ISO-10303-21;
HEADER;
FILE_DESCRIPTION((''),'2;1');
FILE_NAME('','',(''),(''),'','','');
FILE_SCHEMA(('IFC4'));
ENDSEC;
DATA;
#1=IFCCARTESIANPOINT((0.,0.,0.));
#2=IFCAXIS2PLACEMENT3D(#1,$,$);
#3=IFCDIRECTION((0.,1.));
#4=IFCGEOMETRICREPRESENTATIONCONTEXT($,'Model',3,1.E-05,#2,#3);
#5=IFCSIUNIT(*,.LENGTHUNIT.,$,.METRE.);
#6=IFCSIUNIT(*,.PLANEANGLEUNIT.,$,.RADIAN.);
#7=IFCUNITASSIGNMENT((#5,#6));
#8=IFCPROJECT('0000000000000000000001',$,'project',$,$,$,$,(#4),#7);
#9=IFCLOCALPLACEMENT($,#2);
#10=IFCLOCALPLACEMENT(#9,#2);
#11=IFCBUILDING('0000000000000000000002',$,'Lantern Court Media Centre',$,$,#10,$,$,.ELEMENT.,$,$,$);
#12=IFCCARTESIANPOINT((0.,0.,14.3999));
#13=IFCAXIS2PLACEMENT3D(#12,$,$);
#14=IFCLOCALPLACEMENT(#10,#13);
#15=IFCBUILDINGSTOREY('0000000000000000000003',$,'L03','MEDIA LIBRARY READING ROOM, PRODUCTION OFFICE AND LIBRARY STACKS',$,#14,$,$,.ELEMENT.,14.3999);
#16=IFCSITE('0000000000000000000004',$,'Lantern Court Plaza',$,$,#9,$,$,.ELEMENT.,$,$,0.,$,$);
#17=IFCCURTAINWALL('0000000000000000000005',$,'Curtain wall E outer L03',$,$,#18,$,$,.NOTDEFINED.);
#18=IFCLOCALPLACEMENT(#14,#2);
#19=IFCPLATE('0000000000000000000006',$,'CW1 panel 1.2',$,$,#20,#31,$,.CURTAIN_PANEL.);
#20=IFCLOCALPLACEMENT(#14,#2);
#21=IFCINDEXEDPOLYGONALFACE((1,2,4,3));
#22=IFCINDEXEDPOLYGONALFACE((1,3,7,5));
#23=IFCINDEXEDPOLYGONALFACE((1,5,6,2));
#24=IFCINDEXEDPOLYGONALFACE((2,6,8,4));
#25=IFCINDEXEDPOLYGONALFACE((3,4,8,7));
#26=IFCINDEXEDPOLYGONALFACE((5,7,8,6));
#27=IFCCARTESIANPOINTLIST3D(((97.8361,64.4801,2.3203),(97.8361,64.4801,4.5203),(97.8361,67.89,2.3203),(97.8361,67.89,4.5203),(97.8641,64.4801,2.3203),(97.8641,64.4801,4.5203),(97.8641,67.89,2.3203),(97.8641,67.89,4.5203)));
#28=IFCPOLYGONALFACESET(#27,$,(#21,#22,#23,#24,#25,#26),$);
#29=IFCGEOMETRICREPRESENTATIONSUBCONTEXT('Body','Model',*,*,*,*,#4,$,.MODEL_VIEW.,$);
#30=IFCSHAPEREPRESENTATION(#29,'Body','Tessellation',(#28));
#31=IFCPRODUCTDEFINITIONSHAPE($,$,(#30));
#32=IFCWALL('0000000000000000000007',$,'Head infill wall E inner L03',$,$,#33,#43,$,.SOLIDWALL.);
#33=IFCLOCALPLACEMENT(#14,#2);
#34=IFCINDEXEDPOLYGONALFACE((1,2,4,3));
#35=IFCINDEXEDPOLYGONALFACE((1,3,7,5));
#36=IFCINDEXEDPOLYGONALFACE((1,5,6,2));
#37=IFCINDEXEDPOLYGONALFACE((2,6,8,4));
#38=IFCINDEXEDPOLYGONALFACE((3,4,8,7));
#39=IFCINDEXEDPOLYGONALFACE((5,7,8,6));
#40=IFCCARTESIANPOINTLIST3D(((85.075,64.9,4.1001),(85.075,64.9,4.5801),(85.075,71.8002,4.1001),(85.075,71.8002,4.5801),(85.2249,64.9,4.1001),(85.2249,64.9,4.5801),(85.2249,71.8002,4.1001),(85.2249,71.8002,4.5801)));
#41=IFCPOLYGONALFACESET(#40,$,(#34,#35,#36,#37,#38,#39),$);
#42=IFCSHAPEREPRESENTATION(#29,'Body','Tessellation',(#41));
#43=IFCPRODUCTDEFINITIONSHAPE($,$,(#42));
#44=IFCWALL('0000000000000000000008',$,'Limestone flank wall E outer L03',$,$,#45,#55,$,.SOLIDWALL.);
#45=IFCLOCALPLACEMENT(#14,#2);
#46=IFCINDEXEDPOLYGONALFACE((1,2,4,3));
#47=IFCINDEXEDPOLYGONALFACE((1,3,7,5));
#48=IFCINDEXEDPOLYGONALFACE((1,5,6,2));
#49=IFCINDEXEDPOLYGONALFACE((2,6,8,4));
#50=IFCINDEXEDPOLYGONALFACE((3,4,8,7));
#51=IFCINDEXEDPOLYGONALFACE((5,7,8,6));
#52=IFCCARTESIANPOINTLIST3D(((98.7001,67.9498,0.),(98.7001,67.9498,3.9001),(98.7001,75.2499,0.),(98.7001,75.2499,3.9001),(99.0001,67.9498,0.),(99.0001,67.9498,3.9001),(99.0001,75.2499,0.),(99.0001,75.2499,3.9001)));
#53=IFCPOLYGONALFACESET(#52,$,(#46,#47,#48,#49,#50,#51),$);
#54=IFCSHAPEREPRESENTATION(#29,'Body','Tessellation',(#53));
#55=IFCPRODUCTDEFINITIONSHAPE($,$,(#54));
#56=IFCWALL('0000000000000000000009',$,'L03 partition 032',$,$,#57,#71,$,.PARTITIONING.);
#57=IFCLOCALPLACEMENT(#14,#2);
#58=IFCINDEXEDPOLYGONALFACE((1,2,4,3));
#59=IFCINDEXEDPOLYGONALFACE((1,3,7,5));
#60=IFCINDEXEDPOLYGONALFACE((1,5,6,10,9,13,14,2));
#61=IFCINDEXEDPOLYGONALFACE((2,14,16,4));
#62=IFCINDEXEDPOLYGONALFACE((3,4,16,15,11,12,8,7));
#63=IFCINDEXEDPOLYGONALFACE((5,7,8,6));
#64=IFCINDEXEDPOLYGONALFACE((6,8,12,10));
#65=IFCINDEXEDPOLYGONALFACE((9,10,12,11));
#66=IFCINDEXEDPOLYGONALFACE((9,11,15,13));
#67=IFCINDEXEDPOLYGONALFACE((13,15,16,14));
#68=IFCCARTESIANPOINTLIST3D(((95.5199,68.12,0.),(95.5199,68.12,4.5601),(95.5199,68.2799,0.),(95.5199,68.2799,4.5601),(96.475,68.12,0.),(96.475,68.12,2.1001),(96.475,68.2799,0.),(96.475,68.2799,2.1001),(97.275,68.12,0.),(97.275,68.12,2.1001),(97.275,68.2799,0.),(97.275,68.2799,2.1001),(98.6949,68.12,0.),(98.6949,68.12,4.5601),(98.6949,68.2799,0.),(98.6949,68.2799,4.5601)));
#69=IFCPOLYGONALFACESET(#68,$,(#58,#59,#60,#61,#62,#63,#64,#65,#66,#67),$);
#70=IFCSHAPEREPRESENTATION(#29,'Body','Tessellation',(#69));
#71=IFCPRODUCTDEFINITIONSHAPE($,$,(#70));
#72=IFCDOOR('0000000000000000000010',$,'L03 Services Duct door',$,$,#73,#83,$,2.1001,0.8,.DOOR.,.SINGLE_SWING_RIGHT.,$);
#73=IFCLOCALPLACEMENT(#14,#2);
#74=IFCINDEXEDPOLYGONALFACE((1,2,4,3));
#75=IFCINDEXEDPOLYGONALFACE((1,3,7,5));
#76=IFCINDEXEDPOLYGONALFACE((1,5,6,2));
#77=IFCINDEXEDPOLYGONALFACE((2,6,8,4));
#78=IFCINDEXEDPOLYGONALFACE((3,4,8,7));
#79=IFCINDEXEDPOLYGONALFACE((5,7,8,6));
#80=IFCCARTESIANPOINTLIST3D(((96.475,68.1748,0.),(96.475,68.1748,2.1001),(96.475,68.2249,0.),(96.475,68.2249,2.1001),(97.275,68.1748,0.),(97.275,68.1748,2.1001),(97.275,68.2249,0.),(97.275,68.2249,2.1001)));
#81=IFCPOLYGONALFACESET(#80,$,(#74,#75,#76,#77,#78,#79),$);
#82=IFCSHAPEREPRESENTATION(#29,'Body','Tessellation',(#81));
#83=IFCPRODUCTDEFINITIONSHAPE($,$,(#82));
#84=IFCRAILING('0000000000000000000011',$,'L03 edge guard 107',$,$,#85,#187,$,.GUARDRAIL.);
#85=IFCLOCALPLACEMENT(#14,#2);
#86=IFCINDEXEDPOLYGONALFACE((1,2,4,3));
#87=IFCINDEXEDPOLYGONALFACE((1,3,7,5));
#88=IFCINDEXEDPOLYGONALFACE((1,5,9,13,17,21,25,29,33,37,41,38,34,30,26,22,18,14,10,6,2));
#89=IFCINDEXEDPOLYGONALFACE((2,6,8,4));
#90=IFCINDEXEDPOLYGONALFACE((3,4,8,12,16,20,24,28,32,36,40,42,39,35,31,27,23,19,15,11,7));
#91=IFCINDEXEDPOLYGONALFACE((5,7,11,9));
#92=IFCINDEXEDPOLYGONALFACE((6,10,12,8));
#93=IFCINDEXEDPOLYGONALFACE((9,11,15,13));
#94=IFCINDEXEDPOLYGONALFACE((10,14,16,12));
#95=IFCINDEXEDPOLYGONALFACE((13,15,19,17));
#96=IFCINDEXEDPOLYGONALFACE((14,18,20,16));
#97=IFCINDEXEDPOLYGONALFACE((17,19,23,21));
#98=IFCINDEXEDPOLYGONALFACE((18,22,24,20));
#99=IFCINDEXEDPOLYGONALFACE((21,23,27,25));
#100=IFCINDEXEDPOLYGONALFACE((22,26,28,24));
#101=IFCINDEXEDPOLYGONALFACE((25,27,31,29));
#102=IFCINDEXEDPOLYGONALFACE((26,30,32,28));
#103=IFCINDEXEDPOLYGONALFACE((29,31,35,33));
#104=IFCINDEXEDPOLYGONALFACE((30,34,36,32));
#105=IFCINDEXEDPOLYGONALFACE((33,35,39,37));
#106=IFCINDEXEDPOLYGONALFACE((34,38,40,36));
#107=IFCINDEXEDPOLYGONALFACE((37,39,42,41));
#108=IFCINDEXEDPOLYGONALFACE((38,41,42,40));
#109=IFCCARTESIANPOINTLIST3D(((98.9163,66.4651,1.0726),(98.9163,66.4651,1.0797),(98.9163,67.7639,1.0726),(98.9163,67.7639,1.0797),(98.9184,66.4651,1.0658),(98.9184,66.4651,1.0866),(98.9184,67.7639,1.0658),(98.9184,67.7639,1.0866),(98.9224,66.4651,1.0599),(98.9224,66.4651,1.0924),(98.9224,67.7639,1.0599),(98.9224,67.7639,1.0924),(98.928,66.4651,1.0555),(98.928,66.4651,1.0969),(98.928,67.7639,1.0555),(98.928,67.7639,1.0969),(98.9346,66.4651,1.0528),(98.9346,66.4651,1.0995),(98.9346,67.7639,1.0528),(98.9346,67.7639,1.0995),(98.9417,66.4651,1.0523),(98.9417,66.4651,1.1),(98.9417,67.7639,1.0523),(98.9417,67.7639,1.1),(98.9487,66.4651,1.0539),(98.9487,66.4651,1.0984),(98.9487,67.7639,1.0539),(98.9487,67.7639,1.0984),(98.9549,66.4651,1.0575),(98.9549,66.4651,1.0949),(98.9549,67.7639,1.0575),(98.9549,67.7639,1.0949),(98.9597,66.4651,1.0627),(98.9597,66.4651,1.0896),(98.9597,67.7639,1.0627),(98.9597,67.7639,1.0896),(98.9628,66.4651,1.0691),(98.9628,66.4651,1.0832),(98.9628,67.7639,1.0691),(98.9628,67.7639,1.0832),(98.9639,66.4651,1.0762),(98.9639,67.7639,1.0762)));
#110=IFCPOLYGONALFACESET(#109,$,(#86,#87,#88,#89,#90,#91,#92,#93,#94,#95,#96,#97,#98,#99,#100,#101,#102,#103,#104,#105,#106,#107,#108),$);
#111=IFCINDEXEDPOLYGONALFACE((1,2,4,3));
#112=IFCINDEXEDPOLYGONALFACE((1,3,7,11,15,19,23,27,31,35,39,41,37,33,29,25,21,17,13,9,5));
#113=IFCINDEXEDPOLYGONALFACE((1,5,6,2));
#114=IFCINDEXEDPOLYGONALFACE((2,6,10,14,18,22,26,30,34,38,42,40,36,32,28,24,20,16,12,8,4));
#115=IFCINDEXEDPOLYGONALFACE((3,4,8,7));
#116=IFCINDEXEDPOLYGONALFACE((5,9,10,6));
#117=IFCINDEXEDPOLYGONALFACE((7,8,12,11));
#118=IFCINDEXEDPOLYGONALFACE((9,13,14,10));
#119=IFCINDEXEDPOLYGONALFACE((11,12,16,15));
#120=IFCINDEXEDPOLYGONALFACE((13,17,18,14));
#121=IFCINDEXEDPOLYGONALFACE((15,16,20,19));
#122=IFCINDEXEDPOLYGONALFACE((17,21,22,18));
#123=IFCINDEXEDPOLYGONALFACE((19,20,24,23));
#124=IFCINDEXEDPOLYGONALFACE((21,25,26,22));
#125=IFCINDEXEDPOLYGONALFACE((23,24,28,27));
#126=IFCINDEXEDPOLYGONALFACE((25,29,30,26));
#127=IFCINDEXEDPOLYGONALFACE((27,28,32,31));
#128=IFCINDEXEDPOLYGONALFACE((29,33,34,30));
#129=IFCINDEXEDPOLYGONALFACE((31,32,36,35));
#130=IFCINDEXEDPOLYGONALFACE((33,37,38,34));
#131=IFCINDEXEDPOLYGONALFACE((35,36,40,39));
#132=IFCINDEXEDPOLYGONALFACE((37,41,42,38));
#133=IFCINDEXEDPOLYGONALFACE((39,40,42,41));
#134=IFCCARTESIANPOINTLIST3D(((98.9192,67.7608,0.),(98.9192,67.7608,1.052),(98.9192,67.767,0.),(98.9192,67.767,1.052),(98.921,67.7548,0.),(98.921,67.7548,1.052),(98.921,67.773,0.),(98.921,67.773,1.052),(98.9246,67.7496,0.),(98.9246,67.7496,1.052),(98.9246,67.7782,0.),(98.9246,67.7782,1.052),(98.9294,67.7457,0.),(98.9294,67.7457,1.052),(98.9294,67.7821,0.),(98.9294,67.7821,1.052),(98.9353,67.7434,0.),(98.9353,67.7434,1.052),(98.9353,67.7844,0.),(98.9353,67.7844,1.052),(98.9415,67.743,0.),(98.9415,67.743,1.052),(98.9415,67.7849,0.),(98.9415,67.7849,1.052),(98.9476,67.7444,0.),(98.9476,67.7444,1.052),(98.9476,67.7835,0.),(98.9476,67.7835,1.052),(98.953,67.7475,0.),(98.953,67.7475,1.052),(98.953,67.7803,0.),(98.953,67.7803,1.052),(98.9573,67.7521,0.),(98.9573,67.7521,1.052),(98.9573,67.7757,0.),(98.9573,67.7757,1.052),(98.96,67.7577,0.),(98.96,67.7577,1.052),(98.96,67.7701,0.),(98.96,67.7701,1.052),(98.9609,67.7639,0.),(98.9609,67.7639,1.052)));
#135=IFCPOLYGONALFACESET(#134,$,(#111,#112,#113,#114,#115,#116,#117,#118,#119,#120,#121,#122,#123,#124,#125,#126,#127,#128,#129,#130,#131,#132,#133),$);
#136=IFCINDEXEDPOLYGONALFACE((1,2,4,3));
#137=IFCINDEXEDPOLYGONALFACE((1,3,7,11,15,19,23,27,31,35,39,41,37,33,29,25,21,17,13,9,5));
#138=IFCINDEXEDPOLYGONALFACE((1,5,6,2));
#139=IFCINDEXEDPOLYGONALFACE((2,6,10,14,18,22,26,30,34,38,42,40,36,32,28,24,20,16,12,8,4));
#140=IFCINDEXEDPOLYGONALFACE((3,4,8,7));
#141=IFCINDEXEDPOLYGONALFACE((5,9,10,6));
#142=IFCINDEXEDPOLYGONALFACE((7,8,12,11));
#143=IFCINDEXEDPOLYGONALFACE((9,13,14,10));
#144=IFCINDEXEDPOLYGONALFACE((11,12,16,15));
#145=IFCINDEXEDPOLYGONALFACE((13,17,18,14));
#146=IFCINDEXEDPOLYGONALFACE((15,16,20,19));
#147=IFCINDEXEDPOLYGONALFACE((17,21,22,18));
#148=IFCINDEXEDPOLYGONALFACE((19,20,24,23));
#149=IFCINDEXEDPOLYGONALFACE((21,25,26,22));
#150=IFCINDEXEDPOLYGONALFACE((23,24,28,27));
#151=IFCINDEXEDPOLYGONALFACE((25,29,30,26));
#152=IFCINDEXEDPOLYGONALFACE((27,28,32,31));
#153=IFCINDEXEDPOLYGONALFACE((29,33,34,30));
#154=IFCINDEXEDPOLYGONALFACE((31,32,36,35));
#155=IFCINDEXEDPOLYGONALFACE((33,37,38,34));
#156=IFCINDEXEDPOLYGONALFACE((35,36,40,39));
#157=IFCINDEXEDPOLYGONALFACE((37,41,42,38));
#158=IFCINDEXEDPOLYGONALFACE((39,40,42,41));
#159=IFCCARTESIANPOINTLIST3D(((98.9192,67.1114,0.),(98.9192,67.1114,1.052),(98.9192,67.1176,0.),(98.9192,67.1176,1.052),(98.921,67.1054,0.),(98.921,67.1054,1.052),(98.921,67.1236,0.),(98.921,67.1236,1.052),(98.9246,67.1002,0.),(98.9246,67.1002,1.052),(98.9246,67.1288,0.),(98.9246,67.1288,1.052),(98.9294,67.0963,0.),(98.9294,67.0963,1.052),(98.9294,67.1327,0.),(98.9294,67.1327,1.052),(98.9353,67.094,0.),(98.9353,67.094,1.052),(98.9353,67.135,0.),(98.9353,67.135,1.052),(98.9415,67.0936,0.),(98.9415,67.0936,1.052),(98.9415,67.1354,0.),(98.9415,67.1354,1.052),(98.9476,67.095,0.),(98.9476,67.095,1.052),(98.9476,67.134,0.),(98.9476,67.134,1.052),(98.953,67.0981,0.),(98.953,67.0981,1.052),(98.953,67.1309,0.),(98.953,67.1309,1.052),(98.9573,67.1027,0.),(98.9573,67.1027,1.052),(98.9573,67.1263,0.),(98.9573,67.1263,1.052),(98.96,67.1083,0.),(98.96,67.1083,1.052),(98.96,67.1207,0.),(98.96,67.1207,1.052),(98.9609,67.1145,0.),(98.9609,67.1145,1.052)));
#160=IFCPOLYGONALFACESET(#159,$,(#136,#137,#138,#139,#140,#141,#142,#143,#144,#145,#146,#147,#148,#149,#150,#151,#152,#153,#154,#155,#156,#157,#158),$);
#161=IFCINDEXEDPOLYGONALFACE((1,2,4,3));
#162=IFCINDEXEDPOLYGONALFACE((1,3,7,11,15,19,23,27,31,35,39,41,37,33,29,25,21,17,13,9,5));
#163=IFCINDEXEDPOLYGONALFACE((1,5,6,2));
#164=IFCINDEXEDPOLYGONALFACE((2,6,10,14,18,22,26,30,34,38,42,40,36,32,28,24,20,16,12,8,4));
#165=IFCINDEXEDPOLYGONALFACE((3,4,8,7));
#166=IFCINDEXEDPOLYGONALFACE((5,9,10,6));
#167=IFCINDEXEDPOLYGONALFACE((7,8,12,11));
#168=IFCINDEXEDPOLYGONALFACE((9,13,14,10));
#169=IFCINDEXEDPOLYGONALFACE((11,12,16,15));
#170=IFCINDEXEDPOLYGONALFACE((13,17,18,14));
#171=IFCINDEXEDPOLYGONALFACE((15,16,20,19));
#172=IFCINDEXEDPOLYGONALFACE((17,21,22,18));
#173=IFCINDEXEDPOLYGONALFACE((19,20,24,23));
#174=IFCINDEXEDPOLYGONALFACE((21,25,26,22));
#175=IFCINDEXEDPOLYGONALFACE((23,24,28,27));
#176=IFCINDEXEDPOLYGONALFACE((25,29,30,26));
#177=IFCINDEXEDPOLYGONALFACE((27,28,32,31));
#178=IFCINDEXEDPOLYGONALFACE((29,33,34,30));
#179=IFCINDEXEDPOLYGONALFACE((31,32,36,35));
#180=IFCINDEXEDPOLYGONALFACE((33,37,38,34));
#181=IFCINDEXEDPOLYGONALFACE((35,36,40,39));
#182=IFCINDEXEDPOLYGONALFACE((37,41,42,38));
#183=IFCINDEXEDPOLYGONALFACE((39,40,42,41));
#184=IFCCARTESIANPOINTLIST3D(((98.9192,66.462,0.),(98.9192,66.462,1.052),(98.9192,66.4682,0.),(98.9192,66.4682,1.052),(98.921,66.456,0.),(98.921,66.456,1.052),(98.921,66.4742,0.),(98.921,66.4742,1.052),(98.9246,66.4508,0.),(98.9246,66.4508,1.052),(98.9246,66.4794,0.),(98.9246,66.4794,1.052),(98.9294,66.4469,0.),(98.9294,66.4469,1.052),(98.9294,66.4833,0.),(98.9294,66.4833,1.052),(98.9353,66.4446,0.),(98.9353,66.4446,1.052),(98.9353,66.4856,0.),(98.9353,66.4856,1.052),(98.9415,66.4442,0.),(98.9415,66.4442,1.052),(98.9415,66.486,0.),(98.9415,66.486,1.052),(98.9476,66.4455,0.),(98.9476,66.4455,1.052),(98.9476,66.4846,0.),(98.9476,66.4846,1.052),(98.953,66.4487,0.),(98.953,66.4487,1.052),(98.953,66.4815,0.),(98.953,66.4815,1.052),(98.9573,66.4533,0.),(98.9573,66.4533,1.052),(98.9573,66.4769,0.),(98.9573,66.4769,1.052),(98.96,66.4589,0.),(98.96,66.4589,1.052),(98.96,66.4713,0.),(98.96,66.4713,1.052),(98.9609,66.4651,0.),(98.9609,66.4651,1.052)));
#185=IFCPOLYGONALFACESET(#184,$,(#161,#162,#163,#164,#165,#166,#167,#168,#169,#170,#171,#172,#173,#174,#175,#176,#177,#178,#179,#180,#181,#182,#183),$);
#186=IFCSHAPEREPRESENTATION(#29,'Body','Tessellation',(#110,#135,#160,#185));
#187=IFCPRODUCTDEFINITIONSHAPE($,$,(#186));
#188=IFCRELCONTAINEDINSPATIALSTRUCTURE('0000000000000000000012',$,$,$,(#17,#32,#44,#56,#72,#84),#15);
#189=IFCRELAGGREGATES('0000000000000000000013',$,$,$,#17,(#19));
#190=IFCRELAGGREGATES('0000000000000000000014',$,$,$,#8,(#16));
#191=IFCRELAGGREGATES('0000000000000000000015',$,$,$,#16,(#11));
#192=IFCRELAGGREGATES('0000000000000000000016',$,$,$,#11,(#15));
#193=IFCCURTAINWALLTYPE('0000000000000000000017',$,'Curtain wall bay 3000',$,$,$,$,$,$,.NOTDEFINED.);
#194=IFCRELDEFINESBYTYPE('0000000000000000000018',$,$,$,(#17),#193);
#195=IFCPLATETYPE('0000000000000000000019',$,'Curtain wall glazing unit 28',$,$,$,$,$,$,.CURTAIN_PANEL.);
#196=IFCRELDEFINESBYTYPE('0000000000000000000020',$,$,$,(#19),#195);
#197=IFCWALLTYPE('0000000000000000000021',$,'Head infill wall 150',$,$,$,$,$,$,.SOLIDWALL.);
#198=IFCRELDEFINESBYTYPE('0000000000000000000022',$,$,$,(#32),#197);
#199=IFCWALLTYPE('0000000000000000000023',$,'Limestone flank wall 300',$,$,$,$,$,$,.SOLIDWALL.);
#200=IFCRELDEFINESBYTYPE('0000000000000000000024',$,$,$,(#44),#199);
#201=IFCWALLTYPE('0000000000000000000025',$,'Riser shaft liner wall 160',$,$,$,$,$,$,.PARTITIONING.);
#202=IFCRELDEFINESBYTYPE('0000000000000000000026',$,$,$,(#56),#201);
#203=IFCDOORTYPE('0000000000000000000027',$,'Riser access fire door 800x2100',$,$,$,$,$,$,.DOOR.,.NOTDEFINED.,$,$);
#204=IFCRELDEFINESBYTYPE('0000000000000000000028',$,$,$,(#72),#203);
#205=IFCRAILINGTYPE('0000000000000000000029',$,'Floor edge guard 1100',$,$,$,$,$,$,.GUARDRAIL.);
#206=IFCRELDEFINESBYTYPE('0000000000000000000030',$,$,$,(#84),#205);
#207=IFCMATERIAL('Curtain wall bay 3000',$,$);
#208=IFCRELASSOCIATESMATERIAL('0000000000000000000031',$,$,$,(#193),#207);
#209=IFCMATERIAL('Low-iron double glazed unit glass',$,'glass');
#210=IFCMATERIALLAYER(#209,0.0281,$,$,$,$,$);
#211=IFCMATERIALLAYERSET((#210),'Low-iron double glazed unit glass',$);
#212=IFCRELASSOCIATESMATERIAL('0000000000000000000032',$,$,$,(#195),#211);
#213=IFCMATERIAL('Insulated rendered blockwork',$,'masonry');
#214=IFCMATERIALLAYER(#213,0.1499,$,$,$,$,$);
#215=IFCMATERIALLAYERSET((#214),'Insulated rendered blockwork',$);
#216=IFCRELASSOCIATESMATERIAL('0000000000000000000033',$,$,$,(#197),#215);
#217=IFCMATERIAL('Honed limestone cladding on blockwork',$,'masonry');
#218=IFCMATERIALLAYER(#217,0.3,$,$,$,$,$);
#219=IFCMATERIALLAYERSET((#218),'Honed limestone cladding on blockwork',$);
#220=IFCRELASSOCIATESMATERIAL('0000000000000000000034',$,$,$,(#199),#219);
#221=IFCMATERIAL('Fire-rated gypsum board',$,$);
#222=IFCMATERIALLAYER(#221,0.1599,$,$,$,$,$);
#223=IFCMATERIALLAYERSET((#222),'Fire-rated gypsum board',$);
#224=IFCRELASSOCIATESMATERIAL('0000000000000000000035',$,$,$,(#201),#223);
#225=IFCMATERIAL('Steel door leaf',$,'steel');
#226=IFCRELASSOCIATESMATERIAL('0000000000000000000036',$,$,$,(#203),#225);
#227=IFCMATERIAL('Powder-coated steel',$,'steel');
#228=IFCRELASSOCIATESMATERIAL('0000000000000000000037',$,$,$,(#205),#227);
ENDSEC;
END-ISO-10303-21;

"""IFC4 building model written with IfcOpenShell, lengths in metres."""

from ifc_helpers import new_model, si_unit, direction, frame, frame_2d, origin, origin_2d, place, context, subcontext, project, spatial, rectangle, circle, extrude, material, layer, layer_set, type_object, element, fill, aggregate, save


model = new_model("IFC4")

# Units and contexts
model_context = context("Model", 3, precision=1e-05, world=origin(), true_north=direction((0.0, 1.0)))
body_context = subcontext(model_context, "Body", "Model", "MODEL_VIEW")
ifc_project = project(units=[si_unit("LENGTHUNIT", "METRE"), si_unit("PLANEANGLEUNIT", "RADIAN")], contexts=[model_context])

# Site, building, storey
site_placement = place(None, origin())
site = spatial("IfcSite", under=ifc_project, at=site_placement, Name="Lantern Court Plaza", CompositionType="ELEMENT", RefElevation=0.0)
building_placement = place(site_placement, origin())
building = spatial("IfcBuilding", under=site, at=building_placement, Name="Lantern Court Media Centre", CompositionType="ELEMENT")
storey_placement = place(building_placement, frame((0.0, 0.0, 14.3999)))
storey = spatial("IfcBuildingStorey", under=building, at=storey_placement, Name="L03", Description="MEDIA LIBRARY READING ROOM, PRODUCTION OFFICE AND LIBRARY STACKS", CompositionType="ELEMENT", Elevation=14.3999)

# Curtain wall
ifc_material_1 = material(Name="Curtain wall bay 3000")
curtain_wall_type_1 = type_object("IfcCurtainWallType", Name="Curtain wall bay 3000", PredefinedType="NOTDEFINED", material=ifc_material_1)
curtain_wall_1_placement = place(storey_placement, origin())
curtain_wall_1 = element("IfcCurtainWall", 1, at=curtain_wall_1_placement, inside=storey, type_object=curtain_wall_type_1, Name="Curtain wall E outer L03", PredefinedType="NOTDEFINED")

# Plate
ifc_material_2 = material(Name="Low-iron double glazed unit glass", Category="glass")
ifc_layer_1 = layer(ifc_material_2, 0.0281)
ifc_layer_set_1 = layer_set([ifc_layer_1], Name="Low-iron double glazed unit glass")
plate_type_1 = type_object("IfcPlateType", Name="Curtain wall glazing unit 28", PredefinedType="CURTAIN_PANEL", material=ifc_layer_set_1)
plate_1_placement = place(storey_placement, frame((97.8501, 66.1851, 2.3203), z_axis=(0.0, 0.0, 1.0), x_axis=(0.0, 1.0, 0.0)))
plate_1 = element("IfcPlate", 2, at=plate_1_placement, type_object=plate_type_1, Name="CW1 panel 1.2", PredefinedType="CURTAIN_PANEL", context=body_context, shape_type="SweptSolid", body=[
    extrude(rectangle(XDim=3.4099, YDim=0.0281, at=origin_2d()), origin(), (0.0, 0.0, 1.0), 2.2),
])
aggregate(curtain_wall_1, [plate_1])

# Walls
ifc_material_3 = material(Name="Insulated rendered blockwork", Category="masonry")
ifc_layer_2 = layer(ifc_material_3, 0.1499)
ifc_layer_set_2 = layer_set([ifc_layer_2], Name="Insulated rendered blockwork")
wall_type_1 = type_object("IfcWallType", Name="Head infill wall 150", PredefinedType="SOLIDWALL", material=ifc_layer_set_2)
wall_1_placement = place(storey_placement, frame((85.1499, 64.8999, 4.1001), z_axis=(0.0, 0.0, 1.0), x_axis=(0.0, 1.0, 0.0)))
element("IfcWall", 3, at=wall_1_placement, inside=storey, type_object=wall_type_1, Name="Head infill wall E inner L03", PredefinedType="SOLIDWALL", context=body_context, shape_type="SweptSolid", body=[
    extrude(rectangle(XDim=6.9001, YDim=0.1499, at=frame_2d((3.4502, 0.0))), origin(), (0.0, 0.0, 1.0), 0.48),
])
ifc_material_4 = material(Name="Honed limestone cladding on blockwork", Category="masonry")
ifc_layer_3 = layer(ifc_material_4, 0.3)
ifc_layer_set_3 = layer_set([ifc_layer_3], Name="Honed limestone cladding on blockwork")
wall_type_2 = type_object("IfcWallType", Name="Limestone flank wall 300", PredefinedType="SOLIDWALL", material=ifc_layer_set_3)
wall_2_placement = place(storey_placement, frame((98.8501, 67.95, 0.0), z_axis=(0.0, 0.0, 1.0), x_axis=(0.0, 1.0, 0.0)))
element("IfcWall", 4, at=wall_2_placement, inside=storey, type_object=wall_type_2, Name="Limestone flank wall E outer L03", PredefinedType="SOLIDWALL", context=body_context, shape_type="SweptSolid", body=[
    extrude(rectangle(XDim=7.3, YDim=0.3, at=frame_2d((3.6499, 0.0))), origin(), (0.0, 0.0, 1.0), 3.9001),
])

# Wall, opening, door
ifc_material_5 = material(Name="Fire-rated gypsum board")
ifc_layer_4 = layer(ifc_material_5, 0.1599)
ifc_layer_set_4 = layer_set([ifc_layer_4], Name="Fire-rated gypsum board")
wall_type_3 = type_object("IfcWallType", Name="Riser shaft liner wall 160", PredefinedType="PARTITIONING", material=ifc_layer_set_4)
wall_3_placement = place(storey_placement, frame((95.52, 68.2, 0.0), z_axis=(0.0, 0.0, 1.0), x_axis=(1.0, 0.0, 0.0)))
wall_3 = element("IfcWall", 5, at=wall_3_placement, inside=storey, type_object=wall_type_3, Name="L03 partition 032", PredefinedType="PARTITIONING", context=body_context, shape_type="SweptSolid", body=[
    extrude(rectangle(XDim=3.175, YDim=0.1599, at=frame_2d((1.5874, 0.0))), origin(), (0.0, 0.0, 1.0), 4.5601),
])
opening_placement = place(wall_3_placement, frame((0.9551, 0.0, 0.0)))
opening = element("IfcOpeningElement", 6, at=opening_placement, cuts=wall_3, PredefinedType="OPENING", context=body_context, shape_type="SweptSolid", body=[
    extrude(rectangle(XDim=0.8, YDim=2.1001, at=frame_2d((0.3999, 1.05))), frame((0.0, 0.0898, 0.0), z_axis=(0.0, -1.0, 0.0), x_axis=(1.0, 0.0, 0.0)), (0.0, 0.0, 1.0), 0.1799),
])
ifc_material_6 = material(Name="Steel door leaf", Category="steel")
door_type = type_object("IfcDoorType", Name="Riser access fire door 800x2100", OperationType="NOTDEFINED", PredefinedType="DOOR", material=ifc_material_6)
door_placement = place(opening_placement, origin())
door = element("IfcDoor", 7, at=door_placement, inside=storey, type_object=door_type, Name="L03 Services Duct door", OperationType="SINGLE_SWING_RIGHT", OverallHeight=2.1001, OverallWidth=0.8, PredefinedType="DOOR", context=body_context, shape_type="SweptSolid", body=[
    extrude(rectangle(XDim=0.8, YDim=2.1001, at=frame_2d((0.3999, 1.05))), frame((0.0, 0.0249, 0.0), z_axis=(0.0, -1.0, 0.0), x_axis=(1.0, 0.0, 0.0)), (0.0, 0.0, 1.0), 0.05),
])
fill(opening, door)

# Railing
ifc_material_7 = material(Name="Powder-coated steel", Category="steel")
railing_type = type_object("IfcRailingType", Name="Floor edge guard 1100", PredefinedType="GUARDRAIL", material=ifc_material_7)
railing_1_placement = place(storey_placement, frame((98.9399, 67.7639, 0.0)))
element("IfcRailing", 8, at=railing_1_placement, inside=storey, type_object=railing_type, Name="L03 edge guard 107", PredefinedType="GUARDRAIL", context=body_context, shape_type="SweptSolid", body=[
    extrude(circle(Radius=0.0239, at=origin_2d()), frame((0.0, 0.0, 1.0762), z_axis=(0.0, -1.0, 0.0), x_axis=(1.0, 0.0, 0.0)), (0.0, 0.0, 1.0), 1.2988),
    extrude(circle(Radius=0.021, at=origin_2d()), origin(), (0.0, 0.0, 1.0), 1.052),
    extrude(circle(Radius=0.021, at=origin_2d()), frame((0.0, -0.6494, 0.0)), (0.0, 0.0, 1.0), 1.052),
    extrude(circle(Radius=0.021, at=origin_2d()), frame((0.0, -1.2988, 0.0)), (0.0, 0.0, 1.0), 1.052),
])

save(model, "model.ifc")
